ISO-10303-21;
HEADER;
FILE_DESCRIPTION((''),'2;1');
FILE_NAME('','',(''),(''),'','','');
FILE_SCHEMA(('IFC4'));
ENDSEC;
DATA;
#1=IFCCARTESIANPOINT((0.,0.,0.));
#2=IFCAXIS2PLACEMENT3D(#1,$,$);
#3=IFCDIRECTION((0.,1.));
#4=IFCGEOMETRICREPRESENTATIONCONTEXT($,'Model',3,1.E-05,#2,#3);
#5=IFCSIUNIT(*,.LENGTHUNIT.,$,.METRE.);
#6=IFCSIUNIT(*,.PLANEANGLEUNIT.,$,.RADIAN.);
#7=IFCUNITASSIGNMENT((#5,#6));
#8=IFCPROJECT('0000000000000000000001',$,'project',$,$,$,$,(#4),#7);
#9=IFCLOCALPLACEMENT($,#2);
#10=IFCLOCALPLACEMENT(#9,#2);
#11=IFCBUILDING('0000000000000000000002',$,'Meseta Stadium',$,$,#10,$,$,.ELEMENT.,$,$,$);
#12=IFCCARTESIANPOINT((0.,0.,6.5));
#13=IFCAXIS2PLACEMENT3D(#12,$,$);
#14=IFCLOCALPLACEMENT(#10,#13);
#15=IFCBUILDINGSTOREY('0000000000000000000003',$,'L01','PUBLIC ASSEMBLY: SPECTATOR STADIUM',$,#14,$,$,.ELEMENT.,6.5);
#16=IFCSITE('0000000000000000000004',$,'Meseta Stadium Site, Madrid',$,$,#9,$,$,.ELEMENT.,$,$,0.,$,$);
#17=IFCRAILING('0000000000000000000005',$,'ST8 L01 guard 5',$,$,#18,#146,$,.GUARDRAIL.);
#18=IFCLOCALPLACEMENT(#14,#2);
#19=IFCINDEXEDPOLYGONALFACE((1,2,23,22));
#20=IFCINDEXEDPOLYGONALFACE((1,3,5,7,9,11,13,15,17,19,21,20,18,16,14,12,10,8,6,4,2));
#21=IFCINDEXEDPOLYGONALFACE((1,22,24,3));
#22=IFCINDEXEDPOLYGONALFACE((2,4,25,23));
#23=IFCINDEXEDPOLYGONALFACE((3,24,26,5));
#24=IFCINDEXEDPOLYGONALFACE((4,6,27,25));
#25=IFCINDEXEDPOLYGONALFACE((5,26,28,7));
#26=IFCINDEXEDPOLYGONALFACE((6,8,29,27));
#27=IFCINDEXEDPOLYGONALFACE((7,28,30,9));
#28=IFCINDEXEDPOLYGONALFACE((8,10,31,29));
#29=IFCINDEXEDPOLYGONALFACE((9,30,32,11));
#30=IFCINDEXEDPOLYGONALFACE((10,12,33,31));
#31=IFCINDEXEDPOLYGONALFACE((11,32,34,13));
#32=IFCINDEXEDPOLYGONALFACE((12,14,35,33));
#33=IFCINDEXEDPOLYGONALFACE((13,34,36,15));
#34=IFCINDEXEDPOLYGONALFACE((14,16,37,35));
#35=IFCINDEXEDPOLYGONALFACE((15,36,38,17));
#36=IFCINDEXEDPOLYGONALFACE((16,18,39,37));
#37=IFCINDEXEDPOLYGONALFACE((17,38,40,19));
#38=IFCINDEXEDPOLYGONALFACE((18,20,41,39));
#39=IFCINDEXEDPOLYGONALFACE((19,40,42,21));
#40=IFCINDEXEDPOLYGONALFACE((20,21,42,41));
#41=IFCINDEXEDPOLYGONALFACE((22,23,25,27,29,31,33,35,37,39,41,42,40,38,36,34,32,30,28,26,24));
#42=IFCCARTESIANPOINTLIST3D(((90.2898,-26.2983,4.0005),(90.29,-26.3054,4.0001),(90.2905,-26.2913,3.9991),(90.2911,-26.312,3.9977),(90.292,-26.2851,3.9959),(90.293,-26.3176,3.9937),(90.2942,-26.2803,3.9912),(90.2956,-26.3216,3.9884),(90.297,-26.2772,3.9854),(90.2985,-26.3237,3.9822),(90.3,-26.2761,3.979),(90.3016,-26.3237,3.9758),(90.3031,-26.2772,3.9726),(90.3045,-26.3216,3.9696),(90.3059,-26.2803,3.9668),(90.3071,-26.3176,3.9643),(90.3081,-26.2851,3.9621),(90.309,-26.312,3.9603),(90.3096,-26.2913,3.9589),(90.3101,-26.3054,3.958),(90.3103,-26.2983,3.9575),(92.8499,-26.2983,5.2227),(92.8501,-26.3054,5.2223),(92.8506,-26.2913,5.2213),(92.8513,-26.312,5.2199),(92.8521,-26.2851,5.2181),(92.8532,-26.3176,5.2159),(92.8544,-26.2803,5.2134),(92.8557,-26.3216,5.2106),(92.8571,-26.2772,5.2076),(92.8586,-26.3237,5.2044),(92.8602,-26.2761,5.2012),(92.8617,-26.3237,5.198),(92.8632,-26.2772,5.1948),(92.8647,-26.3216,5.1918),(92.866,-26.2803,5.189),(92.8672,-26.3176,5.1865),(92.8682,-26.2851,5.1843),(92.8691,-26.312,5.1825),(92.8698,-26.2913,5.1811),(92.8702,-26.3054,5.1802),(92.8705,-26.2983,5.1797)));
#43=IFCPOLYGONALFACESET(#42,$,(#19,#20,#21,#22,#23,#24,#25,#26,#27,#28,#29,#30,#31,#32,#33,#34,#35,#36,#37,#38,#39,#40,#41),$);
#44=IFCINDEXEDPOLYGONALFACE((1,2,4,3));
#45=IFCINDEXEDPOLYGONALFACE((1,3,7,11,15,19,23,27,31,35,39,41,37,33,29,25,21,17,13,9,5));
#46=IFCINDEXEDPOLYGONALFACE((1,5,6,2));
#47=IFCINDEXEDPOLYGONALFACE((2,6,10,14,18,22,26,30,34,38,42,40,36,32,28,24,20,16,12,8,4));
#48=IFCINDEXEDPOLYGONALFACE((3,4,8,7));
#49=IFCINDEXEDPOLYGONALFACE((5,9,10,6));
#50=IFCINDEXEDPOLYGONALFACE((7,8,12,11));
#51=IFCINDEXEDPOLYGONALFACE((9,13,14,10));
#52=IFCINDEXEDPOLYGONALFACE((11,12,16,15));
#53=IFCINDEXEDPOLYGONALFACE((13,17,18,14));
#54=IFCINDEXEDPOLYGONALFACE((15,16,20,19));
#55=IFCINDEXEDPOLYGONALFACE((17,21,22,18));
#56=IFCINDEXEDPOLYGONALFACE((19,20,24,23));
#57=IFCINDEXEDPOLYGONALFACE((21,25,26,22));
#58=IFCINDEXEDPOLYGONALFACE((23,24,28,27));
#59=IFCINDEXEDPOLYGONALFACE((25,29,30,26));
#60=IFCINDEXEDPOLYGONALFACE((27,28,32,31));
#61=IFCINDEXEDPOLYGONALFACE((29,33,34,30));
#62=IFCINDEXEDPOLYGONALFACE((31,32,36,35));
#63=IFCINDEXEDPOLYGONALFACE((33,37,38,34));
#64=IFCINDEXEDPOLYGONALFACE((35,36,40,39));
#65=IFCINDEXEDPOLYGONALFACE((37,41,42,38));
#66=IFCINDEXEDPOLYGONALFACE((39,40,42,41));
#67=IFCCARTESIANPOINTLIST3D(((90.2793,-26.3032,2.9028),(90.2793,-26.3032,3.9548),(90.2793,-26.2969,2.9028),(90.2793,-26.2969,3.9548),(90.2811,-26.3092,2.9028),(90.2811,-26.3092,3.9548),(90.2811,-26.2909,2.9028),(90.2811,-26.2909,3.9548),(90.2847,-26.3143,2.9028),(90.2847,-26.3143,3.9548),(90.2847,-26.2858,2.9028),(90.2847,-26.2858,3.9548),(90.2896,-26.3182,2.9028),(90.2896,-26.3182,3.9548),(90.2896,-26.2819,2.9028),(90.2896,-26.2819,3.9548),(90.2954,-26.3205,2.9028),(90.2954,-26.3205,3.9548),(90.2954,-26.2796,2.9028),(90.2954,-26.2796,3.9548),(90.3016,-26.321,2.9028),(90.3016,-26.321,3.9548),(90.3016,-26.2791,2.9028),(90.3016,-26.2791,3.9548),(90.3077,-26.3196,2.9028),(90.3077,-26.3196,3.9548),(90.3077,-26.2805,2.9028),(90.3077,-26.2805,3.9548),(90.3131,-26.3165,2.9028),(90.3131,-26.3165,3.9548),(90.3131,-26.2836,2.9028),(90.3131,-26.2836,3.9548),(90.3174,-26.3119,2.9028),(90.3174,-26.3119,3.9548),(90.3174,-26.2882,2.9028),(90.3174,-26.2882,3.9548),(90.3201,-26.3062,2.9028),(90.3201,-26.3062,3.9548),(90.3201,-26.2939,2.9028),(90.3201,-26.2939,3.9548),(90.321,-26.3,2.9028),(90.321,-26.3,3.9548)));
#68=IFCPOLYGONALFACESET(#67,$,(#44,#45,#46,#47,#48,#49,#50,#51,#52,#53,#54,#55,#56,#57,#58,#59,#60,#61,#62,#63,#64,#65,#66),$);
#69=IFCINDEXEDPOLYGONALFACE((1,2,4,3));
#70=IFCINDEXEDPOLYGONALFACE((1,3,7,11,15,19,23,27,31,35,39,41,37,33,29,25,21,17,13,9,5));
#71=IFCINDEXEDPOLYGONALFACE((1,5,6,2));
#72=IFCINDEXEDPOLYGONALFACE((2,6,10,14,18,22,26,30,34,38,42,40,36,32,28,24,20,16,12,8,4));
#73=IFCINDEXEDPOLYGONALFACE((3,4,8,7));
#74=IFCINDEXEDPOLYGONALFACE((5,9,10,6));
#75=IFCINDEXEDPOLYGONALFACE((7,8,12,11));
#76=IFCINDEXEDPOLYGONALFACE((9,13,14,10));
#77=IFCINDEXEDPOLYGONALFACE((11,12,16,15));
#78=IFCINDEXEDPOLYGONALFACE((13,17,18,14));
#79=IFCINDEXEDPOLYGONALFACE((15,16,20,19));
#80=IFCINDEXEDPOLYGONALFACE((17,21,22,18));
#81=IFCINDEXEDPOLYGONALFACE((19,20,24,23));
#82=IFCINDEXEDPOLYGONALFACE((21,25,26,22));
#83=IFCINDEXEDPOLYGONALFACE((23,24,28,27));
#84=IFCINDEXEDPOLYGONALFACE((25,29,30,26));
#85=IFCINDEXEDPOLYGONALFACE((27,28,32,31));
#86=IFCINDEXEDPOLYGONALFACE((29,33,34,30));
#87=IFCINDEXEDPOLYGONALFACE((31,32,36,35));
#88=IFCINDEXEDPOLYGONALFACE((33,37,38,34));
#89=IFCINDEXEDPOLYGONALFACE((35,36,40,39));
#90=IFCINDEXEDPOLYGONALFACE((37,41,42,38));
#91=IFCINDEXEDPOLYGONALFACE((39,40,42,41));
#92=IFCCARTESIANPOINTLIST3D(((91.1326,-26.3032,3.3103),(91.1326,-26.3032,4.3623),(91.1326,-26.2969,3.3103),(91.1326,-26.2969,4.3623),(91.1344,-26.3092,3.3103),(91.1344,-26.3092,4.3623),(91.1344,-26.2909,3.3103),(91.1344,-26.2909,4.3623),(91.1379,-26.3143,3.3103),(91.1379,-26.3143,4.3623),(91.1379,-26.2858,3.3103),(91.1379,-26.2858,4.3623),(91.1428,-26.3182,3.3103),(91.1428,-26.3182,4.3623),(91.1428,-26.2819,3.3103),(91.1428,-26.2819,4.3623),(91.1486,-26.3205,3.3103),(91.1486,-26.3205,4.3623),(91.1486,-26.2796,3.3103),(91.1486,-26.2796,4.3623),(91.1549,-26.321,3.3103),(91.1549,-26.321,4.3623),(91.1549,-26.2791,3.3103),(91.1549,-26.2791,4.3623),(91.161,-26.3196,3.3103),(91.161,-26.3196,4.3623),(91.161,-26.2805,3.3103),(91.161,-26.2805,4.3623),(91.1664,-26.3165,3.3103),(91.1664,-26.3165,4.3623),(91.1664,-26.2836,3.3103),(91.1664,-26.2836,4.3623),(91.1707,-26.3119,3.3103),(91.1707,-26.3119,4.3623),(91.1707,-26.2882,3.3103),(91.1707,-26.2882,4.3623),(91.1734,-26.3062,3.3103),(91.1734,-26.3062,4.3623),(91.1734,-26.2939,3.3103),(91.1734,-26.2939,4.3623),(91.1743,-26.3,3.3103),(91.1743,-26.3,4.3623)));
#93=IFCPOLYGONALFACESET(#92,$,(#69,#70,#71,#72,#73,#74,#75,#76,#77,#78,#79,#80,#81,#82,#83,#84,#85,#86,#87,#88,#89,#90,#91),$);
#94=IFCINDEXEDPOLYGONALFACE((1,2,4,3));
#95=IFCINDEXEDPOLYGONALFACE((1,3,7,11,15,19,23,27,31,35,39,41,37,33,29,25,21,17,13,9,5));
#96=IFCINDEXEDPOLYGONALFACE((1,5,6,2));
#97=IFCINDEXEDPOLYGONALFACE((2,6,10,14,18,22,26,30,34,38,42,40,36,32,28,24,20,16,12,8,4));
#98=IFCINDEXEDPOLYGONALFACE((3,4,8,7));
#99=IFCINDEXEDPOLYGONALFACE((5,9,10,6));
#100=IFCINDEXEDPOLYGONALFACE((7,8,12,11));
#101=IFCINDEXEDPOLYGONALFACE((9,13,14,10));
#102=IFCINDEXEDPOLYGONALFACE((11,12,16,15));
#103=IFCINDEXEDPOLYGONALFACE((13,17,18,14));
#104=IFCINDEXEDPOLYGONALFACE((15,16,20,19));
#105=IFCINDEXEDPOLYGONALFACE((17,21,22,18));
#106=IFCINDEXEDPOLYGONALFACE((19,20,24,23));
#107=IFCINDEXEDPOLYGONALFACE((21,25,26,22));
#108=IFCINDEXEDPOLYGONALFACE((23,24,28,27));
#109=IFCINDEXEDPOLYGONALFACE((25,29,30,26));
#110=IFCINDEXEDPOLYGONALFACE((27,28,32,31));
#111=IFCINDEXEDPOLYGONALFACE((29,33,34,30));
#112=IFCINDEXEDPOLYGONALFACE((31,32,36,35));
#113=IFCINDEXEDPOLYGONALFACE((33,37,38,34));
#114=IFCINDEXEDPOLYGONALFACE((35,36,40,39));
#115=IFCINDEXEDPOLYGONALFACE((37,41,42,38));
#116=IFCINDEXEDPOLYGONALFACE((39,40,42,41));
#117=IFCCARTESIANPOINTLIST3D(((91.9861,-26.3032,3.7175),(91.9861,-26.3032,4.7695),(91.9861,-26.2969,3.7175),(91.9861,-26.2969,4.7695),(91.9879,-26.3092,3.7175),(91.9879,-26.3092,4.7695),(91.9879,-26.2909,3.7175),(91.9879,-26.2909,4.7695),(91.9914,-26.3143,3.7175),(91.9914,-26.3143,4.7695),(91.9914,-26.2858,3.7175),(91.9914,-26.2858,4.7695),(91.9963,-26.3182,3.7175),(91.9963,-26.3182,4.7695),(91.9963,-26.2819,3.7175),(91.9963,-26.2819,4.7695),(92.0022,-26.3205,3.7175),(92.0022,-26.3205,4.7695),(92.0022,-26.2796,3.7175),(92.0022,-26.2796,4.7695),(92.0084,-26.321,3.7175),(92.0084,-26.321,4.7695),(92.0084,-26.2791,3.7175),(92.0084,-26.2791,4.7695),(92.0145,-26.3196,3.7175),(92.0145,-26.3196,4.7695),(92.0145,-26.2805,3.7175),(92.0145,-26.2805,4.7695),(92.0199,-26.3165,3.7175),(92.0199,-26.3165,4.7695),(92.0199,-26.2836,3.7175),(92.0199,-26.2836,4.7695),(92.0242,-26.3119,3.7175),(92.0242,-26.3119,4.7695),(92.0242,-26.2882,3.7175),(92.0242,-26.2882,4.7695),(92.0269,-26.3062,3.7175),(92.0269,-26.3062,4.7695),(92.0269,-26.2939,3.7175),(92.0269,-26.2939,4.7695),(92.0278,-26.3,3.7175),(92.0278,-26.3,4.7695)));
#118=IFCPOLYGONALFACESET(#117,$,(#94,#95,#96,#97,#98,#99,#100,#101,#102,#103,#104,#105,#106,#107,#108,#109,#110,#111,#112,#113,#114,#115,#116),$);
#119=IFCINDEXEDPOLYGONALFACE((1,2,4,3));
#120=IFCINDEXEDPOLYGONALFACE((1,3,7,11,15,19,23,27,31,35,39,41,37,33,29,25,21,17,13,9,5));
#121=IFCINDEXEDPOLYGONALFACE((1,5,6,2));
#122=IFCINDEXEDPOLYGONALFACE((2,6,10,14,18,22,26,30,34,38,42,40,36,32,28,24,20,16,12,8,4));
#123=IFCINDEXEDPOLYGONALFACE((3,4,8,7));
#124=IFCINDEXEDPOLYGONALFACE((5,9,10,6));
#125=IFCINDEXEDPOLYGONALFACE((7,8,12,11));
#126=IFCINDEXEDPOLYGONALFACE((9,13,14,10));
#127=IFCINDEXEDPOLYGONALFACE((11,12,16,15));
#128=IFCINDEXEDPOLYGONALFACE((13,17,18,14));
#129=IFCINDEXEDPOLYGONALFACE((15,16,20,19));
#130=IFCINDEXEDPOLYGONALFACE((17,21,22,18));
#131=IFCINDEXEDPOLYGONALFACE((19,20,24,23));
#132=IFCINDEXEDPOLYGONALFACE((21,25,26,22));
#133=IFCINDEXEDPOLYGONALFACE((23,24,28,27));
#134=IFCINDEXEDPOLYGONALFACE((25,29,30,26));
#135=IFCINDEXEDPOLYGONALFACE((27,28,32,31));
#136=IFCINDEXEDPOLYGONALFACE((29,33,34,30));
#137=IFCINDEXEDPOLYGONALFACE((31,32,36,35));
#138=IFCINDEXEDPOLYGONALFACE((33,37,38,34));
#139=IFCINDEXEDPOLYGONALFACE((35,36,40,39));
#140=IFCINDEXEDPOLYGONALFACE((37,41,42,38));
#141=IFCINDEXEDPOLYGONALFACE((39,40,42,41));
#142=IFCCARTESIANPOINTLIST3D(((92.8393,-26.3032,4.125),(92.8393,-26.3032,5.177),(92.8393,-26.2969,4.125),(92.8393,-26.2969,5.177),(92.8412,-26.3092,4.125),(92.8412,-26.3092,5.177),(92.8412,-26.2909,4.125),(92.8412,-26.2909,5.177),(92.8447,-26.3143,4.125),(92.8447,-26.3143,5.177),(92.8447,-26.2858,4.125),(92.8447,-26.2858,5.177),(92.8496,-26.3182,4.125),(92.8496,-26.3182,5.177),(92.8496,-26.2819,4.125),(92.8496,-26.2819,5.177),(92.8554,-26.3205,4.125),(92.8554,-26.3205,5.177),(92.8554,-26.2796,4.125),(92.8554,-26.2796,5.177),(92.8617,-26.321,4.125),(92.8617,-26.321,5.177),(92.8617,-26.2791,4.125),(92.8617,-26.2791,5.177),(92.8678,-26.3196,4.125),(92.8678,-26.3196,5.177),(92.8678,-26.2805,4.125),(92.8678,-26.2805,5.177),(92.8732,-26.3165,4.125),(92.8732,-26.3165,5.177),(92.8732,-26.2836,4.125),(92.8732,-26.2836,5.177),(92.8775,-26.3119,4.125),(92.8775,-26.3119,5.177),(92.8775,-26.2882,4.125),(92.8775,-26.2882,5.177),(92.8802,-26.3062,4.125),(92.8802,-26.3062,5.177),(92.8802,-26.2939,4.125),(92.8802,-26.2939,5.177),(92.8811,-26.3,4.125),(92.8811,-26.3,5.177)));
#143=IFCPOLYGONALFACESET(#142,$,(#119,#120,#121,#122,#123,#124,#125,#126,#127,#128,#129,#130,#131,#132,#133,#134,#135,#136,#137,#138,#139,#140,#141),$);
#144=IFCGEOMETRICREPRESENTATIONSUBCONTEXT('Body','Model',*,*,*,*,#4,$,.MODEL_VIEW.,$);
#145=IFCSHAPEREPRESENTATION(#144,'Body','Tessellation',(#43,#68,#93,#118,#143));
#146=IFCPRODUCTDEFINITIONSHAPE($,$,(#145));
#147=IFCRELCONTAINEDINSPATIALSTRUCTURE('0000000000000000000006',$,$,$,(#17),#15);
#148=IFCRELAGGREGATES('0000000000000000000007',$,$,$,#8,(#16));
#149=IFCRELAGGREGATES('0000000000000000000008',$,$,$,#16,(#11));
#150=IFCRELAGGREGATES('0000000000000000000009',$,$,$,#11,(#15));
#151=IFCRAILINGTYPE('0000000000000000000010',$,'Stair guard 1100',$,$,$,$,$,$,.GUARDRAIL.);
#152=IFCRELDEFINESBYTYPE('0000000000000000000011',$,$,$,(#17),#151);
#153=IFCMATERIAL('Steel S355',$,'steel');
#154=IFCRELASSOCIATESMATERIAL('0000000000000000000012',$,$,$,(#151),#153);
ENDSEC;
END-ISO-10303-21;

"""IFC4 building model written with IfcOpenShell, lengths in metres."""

from ifc_helpers import new_model, si_unit, direction, frame, origin, origin_2d, place, context, subcontext, project, spatial, circle, extrude, material, type_object, element, save


model = new_model("IFC4")

# Units and contexts
model_context = context("Model", 3, precision=1e-05, world=origin(), true_north=direction((0.0, 1.0)))
body_context = subcontext(model_context, "Body", "Model", "MODEL_VIEW")
ifc_project = project(units=[si_unit("LENGTHUNIT", "METRE"), si_unit("PLANEANGLEUNIT", "RADIAN")], contexts=[model_context])

# Site, building, storey
site_placement = place(None, origin())
site = spatial("IfcSite", under=ifc_project, at=site_placement, Name="Meseta Stadium Site, Madrid", CompositionType="ELEMENT", RefElevation=0.0)
building_placement = place(site_placement, origin())
building = spatial("IfcBuilding", under=site, at=building_placement, Name="Meseta Stadium", CompositionType="ELEMENT")
storey_placement = place(building_placement, frame((0.0, 0.0, 6.5)))
storey = spatial("IfcBuildingStorey", under=building, at=storey_placement, Name="L01", Description="PUBLIC ASSEMBLY: SPECTATOR STADIUM", CompositionType="ELEMENT", Elevation=6.5)

# Railing
ifc_material_1 = material(Name="Steel S355", Category="steel")
railing_type_1 = type_object("IfcRailingType", Name="Stair guard 1100", PredefinedType="GUARDRAIL", material=ifc_material_1)
railing_1_placement = place(storey_placement, frame((90.3, -26.3, 2.9028)))
element("IfcRailing", 1, at=railing_1_placement, inside=storey, type_object=railing_type_1, Name="ST8 L01 guard 5", PredefinedType="GUARDRAIL", context=body_context, shape_type="SweptSolid", body=[
    extrude(circle(Radius=0.0239, at=origin_2d()), frame((0.0, 0.0, 1.0762), z_axis=(0.902437, 0.0, 0.430822), x_axis=(0.0, 1.0, 0.0)), (0.0, 0.0, 1.0), 2.8369),
    extrude(circle(Radius=0.021, at=origin_2d()), origin(), (0.0, 0.0, 1.0), 1.052),
    extrude(circle(Radius=0.021, at=origin_2d()), frame((0.8533, 0.0, 0.4075)), (0.0, 0.0, 1.0), 1.052),
    extrude(circle(Radius=0.021, at=origin_2d()), frame((1.7068, 0.0, 0.8147)), (0.0, 0.0, 1.0), 1.052),
    extrude(circle(Radius=0.021, at=origin_2d()), frame((2.5601, 0.0, 1.2222)), (0.0, 0.0, 1.0), 1.052),
])

save(model, "model.ifc")
